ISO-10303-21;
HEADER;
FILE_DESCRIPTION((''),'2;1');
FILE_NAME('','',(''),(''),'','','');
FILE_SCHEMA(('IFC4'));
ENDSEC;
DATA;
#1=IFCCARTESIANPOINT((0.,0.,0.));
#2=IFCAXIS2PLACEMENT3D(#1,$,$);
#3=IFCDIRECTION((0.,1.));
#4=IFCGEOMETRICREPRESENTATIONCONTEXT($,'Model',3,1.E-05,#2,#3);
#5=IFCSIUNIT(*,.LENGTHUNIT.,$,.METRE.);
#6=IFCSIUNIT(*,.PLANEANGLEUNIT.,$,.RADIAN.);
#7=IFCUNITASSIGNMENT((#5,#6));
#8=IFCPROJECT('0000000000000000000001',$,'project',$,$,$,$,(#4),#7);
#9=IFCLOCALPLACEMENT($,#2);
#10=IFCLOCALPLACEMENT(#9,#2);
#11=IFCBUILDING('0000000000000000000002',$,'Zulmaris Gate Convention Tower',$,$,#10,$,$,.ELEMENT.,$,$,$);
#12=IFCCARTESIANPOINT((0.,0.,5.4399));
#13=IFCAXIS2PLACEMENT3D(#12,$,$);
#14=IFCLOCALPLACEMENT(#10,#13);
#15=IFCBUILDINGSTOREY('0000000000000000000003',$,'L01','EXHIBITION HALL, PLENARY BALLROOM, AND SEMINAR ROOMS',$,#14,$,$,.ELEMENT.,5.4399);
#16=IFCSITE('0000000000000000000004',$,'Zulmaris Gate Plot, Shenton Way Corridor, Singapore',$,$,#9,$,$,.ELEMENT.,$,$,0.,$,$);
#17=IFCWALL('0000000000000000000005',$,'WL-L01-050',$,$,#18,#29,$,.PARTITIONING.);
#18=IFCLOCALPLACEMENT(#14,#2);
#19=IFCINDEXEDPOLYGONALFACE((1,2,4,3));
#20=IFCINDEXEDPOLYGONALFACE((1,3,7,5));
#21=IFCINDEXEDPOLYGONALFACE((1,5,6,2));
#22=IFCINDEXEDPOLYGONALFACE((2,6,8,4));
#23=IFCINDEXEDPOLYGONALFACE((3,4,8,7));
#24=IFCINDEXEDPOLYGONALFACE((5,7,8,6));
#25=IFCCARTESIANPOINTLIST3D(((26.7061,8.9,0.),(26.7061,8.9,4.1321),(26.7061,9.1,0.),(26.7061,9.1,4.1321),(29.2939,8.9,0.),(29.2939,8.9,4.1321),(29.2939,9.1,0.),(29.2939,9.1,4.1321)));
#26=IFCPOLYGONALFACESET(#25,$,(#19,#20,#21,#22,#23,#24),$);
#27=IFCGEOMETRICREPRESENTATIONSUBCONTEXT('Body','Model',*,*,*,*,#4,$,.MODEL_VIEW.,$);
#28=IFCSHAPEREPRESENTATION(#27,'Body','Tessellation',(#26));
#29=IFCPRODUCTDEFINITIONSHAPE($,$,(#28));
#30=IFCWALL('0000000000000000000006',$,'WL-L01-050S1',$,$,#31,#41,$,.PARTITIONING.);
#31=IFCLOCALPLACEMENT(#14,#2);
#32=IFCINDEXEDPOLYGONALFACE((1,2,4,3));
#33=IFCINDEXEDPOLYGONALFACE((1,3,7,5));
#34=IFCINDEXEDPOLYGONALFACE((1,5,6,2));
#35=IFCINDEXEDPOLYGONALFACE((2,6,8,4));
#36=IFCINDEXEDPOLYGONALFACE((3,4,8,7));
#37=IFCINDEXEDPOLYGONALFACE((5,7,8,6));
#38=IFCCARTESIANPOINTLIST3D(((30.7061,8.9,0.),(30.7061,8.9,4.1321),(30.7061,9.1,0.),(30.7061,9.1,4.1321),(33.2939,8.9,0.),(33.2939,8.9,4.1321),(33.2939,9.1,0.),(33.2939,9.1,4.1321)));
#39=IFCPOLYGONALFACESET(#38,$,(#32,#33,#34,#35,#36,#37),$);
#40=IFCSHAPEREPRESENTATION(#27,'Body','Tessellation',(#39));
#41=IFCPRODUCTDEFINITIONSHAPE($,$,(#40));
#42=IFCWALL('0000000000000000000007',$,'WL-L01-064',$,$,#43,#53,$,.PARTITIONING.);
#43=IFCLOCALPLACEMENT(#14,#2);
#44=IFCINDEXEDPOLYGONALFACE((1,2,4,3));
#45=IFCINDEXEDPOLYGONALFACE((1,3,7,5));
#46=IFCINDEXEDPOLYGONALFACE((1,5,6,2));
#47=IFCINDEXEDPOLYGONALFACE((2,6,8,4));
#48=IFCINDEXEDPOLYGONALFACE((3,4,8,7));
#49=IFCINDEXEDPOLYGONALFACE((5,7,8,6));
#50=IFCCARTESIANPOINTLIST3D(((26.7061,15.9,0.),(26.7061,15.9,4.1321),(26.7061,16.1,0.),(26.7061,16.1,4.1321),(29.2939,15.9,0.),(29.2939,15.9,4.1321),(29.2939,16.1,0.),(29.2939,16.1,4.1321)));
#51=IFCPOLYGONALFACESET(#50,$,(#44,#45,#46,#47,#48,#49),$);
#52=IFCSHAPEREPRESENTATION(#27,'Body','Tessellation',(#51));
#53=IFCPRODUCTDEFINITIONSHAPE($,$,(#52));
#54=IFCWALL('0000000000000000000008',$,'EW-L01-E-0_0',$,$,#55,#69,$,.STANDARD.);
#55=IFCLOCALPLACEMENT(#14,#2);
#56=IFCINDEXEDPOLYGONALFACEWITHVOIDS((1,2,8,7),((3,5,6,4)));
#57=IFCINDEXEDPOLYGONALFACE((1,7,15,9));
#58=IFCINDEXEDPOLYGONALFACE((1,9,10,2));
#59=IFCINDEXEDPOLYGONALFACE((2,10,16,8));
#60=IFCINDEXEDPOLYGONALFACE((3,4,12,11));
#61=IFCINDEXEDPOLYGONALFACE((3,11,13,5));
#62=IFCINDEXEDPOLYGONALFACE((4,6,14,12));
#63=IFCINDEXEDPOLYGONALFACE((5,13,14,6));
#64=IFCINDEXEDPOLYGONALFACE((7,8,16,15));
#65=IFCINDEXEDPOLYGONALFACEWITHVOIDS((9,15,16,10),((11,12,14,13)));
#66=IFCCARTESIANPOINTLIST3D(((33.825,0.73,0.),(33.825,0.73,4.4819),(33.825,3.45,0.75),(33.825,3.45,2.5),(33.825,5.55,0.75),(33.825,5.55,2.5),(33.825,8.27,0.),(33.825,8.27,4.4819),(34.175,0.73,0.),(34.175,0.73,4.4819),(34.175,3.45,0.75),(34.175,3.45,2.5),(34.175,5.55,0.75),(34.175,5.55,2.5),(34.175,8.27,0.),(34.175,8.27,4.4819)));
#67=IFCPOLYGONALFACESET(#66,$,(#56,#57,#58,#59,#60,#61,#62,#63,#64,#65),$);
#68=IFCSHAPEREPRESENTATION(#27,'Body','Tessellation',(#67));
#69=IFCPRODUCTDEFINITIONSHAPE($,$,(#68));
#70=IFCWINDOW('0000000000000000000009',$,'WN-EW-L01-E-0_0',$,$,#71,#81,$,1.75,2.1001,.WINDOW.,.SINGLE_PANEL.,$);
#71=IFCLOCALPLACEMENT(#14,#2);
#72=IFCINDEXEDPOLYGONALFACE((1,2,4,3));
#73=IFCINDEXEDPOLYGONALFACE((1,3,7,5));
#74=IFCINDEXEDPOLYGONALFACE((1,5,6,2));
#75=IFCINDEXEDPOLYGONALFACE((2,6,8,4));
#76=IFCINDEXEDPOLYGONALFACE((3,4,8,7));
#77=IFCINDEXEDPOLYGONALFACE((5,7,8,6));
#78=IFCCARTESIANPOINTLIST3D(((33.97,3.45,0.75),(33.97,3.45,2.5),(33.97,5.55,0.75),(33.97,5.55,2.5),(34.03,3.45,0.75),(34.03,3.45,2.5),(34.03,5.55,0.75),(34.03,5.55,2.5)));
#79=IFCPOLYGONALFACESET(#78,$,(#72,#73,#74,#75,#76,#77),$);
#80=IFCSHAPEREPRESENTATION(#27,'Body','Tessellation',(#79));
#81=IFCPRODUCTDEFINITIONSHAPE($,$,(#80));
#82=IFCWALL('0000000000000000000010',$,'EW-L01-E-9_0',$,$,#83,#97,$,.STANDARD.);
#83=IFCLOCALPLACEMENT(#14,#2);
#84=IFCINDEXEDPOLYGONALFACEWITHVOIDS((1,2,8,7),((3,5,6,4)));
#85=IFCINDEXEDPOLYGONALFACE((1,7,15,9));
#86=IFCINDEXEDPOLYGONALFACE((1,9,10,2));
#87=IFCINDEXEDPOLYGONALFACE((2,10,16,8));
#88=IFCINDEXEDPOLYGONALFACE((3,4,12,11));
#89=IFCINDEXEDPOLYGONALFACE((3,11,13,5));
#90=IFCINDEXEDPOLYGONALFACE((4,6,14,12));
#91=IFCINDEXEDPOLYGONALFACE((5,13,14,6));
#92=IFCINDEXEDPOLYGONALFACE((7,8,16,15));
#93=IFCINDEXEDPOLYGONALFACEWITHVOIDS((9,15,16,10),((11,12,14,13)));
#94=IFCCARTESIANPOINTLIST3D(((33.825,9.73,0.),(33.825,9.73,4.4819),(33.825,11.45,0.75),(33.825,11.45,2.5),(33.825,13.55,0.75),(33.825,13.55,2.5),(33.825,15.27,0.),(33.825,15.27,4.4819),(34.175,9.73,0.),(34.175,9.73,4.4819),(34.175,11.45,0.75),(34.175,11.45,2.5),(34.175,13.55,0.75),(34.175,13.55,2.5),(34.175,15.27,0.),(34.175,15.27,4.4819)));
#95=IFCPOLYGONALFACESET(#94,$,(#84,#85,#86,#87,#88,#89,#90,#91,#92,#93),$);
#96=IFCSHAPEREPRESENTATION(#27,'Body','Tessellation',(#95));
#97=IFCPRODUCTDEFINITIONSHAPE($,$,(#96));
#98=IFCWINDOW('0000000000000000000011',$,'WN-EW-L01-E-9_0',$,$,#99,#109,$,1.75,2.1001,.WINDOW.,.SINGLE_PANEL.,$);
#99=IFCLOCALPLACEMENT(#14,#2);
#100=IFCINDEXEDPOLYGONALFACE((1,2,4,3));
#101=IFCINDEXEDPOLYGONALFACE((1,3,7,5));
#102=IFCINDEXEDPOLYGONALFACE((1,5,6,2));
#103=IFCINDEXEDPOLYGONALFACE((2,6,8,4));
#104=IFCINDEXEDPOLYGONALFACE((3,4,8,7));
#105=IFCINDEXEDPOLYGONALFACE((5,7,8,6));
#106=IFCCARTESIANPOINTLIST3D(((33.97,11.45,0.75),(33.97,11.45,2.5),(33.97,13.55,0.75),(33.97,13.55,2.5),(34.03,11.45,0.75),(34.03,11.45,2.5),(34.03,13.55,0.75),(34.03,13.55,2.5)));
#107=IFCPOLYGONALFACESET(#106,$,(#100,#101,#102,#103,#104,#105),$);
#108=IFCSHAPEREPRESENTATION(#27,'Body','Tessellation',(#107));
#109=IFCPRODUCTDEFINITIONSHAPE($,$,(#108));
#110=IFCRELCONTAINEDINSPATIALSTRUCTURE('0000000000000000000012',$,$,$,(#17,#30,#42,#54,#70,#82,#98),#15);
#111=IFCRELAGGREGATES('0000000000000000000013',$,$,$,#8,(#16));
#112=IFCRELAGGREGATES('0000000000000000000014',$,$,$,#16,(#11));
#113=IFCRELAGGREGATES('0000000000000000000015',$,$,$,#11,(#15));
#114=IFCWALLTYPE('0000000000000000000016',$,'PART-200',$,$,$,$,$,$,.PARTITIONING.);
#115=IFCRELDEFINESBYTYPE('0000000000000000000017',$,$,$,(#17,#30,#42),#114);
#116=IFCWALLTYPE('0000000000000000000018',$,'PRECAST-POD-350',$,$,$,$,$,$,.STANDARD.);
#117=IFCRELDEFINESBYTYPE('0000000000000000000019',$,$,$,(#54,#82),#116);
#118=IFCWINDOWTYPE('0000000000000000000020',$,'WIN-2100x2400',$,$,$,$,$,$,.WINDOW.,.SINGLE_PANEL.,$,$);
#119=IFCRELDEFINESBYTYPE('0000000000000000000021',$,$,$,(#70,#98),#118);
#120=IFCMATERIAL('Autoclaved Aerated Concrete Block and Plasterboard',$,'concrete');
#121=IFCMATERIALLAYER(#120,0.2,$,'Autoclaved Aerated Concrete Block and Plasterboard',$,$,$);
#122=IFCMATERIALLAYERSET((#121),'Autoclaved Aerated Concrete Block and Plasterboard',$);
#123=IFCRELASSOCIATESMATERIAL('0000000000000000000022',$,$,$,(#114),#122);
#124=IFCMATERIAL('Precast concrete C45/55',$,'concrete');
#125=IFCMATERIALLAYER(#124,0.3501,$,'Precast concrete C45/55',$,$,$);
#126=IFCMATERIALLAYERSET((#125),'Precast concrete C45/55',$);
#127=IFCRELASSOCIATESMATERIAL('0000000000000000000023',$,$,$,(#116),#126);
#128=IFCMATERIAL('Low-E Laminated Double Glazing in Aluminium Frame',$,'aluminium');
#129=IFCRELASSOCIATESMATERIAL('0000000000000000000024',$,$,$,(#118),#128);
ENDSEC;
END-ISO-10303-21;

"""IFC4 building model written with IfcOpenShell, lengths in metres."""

from ifc_helpers import new_model, si_unit, direction, frame, frame_2d, origin, place, context, subcontext, project, spatial, rectangle, extrude, material, layer, layer_set, type_object, element, fill, save


model = new_model("IFC4")

# Units and contexts
model_context = context("Model", 3, precision=1e-05, world=origin(), true_north=direction((0.0, 1.0)))
body_context = subcontext(model_context, "Body", "Model", "MODEL_VIEW")
ifc_project = project(units=[si_unit("LENGTHUNIT", "METRE"), si_unit("PLANEANGLEUNIT", "RADIAN")], contexts=[model_context])

# Site, building, storey
site_placement = place(None, origin())
site = spatial("IfcSite", under=ifc_project, at=site_placement, Name="Zulmaris Gate Plot, Shenton Way Corridor, Singapore", CompositionType="ELEMENT", RefElevation=0.0)
building_placement = place(site_placement, origin())
building = spatial("IfcBuilding", under=site, at=building_placement, Name="Zulmaris Gate Convention Tower", CompositionType="ELEMENT")
storey_placement = place(building_placement, frame((0.0, 0.0, 5.4399)))
storey = spatial("IfcBuildingStorey", under=building, at=storey_placement, Name="L01", Description="EXHIBITION HALL, PLENARY BALLROOM, AND SEMINAR ROOMS", CompositionType="ELEMENT", Elevation=5.4399)

# Walls
ifc_material_1 = material(Name="Autoclaved Aerated Concrete Block and Plasterboard", Category="concrete")
ifc_layer_1 = layer(ifc_material_1, 0.2, Name="Autoclaved Aerated Concrete Block and Plasterboard")
ifc_layer_set_1 = layer_set([ifc_layer_1], Name="Autoclaved Aerated Concrete Block and Plasterboard")
wall_type_1 = type_object("IfcWallType", Name="PART-200", PredefinedType="PARTITIONING", material=ifc_layer_set_1)
for number, where, z_axis, x_axis, name in (
    (1, (26.7061, 9.0, 0.0), (0.0, 0.0, 1.0), (1.0, 0.0, 0.0), "WL-L01-050"),
    (2, (30.7061, 9.0, 0.0), (0.0, 0.0, 1.0), (1.0, 0.0, 0.0), "WL-L01-050S1"),
    (3, (26.7061, 16.0, 0.0), (0.0, 0.0, 1.0), (1.0, 0.0, 0.0), "WL-L01-064"),
):
    element("IfcWall", number, at=place(storey_placement, frame(where, z_axis=z_axis, x_axis=x_axis)), inside=storey, type_object=wall_type_1, Name=name, PredefinedType="PARTITIONING", context=body_context, shape_type="SweptSolid", body=[
        extrude(rectangle(XDim=2.5879, YDim=0.2, at=frame_2d((1.2939, 0.0))), origin(), (0.0, 0.0, 1.0), 4.1321),
    ])

# Walls, openings, windows
ifc_material_2 = material(Name="Precast concrete C45/55", Category="concrete")
ifc_layer_2 = layer(ifc_material_2, 0.3501, Name="Precast concrete C45/55")
ifc_layer_set_2 = layer_set([ifc_layer_2], Name="Precast concrete C45/55")
wall_type_2 = type_object("IfcWallType", Name="PRECAST-POD-350", PredefinedType="STANDARD", material=ifc_layer_set_2)
wall_1_placement = place(storey_placement, frame((34.0, 8.27, 0.0), z_axis=(0.0, 0.0, 1.0), x_axis=(0.0, -1.0, 0.0)))
wall_1 = element("IfcWall", 4, at=wall_1_placement, inside=storey, type_object=wall_type_2, Name="EW-L01-E-0_0", PredefinedType="STANDARD", context=body_context, shape_type="SweptSolid", body=[
    extrude(rectangle(XDim=7.54, YDim=0.3501, at=frame_2d((3.77, 0.0))), origin(), (0.0, 0.0, 1.0), 4.4819),
])
opening_1_placement = place(wall_1_placement, frame((2.72, 0.0, 0.75)))
opening_1 = element("IfcOpeningElement", 5, at=opening_1_placement, cuts=wall_1, PredefinedType="OPENING", context=body_context, shape_type="SweptSolid", body=[
    extrude(rectangle(XDim=2.1001, YDim=1.75, at=frame_2d((1.05, 0.875))), frame((0.0, 0.1851, 0.0), z_axis=(0.0, -1.0, 0.0), x_axis=(1.0, 0.0, 0.0)), (0.0, 0.0, 1.0), 0.3701),
])
ifc_material_3 = material(Name="Low-E Laminated Double Glazing in Aluminium Frame", Category="aluminium")
window_type = type_object("IfcWindowType", Name="WIN-2100x2400", PartitioningType="SINGLE_PANEL", PredefinedType="WINDOW", material=ifc_material_3)
window_1_placement = place(opening_1_placement, origin())
window_1 = element("IfcWindow", 6, at=window_1_placement, inside=storey, type_object=window_type, Name="WN-EW-L01-E-0_0", OverallHeight=1.75, OverallWidth=2.1001, PartitioningType="SINGLE_PANEL", PredefinedType="WINDOW", context=body_context, shape_type="SweptSolid", body=[
    extrude(rectangle(XDim=2.1001, YDim=1.75, at=frame_2d((1.05, 0.875))), frame((0.0, 0.03, 0.0), z_axis=(0.0, -1.0, 0.0), x_axis=(1.0, 0.0, 0.0)), (0.0, 0.0, 1.0), 0.0601),
])
fill(opening_1, window_1)
wall_2_placement = place(storey_placement, frame((34.0, 15.27, 0.0), z_axis=(0.0, 0.0, 1.0), x_axis=(0.0, -1.0, 0.0)))
wall_2 = element("IfcWall", 7, at=wall_2_placement, inside=storey, type_object=wall_type_2, Name="EW-L01-E-9_0", PredefinedType="STANDARD", context=body_context, shape_type="SweptSolid", body=[
    extrude(rectangle(XDim=5.54, YDim=0.3501, at=frame_2d((2.77, 0.0))), origin(), (0.0, 0.0, 1.0), 4.4819),
])
opening_2_placement = place(wall_2_placement, frame((1.72, 0.0, 0.75)))
opening_2 = element("IfcOpeningElement", 8, at=opening_2_placement, cuts=wall_2, PredefinedType="OPENING", context=body_context, shape_type="SweptSolid", body=[
    extrude(rectangle(XDim=2.1001, YDim=1.75, at=frame_2d((1.05, 0.875))), frame((0.0, 0.1851, 0.0), z_axis=(0.0, -1.0, 0.0), x_axis=(1.0, 0.0, 0.0)), (0.0, 0.0, 1.0), 0.3701),
])
window_2_placement = place(opening_2_placement, origin())
window_2 = element("IfcWindow", 9, at=window_2_placement, inside=storey, type_object=window_type, Name="WN-EW-L01-E-9_0", OverallHeight=1.75, OverallWidth=2.1001, PartitioningType="SINGLE_PANEL", PredefinedType="WINDOW", context=body_context, shape_type="SweptSolid", body=[
    extrude(rectangle(XDim=2.1001, YDim=1.75, at=frame_2d((1.05, 0.875))), frame((0.0, 0.03, 0.0), z_axis=(0.0, -1.0, 0.0), x_axis=(1.0, 0.0, 0.0)), (0.0, 0.0, 1.0), 0.0601),
])
fill(opening_2, window_2)

save(model, "model.ifc")
